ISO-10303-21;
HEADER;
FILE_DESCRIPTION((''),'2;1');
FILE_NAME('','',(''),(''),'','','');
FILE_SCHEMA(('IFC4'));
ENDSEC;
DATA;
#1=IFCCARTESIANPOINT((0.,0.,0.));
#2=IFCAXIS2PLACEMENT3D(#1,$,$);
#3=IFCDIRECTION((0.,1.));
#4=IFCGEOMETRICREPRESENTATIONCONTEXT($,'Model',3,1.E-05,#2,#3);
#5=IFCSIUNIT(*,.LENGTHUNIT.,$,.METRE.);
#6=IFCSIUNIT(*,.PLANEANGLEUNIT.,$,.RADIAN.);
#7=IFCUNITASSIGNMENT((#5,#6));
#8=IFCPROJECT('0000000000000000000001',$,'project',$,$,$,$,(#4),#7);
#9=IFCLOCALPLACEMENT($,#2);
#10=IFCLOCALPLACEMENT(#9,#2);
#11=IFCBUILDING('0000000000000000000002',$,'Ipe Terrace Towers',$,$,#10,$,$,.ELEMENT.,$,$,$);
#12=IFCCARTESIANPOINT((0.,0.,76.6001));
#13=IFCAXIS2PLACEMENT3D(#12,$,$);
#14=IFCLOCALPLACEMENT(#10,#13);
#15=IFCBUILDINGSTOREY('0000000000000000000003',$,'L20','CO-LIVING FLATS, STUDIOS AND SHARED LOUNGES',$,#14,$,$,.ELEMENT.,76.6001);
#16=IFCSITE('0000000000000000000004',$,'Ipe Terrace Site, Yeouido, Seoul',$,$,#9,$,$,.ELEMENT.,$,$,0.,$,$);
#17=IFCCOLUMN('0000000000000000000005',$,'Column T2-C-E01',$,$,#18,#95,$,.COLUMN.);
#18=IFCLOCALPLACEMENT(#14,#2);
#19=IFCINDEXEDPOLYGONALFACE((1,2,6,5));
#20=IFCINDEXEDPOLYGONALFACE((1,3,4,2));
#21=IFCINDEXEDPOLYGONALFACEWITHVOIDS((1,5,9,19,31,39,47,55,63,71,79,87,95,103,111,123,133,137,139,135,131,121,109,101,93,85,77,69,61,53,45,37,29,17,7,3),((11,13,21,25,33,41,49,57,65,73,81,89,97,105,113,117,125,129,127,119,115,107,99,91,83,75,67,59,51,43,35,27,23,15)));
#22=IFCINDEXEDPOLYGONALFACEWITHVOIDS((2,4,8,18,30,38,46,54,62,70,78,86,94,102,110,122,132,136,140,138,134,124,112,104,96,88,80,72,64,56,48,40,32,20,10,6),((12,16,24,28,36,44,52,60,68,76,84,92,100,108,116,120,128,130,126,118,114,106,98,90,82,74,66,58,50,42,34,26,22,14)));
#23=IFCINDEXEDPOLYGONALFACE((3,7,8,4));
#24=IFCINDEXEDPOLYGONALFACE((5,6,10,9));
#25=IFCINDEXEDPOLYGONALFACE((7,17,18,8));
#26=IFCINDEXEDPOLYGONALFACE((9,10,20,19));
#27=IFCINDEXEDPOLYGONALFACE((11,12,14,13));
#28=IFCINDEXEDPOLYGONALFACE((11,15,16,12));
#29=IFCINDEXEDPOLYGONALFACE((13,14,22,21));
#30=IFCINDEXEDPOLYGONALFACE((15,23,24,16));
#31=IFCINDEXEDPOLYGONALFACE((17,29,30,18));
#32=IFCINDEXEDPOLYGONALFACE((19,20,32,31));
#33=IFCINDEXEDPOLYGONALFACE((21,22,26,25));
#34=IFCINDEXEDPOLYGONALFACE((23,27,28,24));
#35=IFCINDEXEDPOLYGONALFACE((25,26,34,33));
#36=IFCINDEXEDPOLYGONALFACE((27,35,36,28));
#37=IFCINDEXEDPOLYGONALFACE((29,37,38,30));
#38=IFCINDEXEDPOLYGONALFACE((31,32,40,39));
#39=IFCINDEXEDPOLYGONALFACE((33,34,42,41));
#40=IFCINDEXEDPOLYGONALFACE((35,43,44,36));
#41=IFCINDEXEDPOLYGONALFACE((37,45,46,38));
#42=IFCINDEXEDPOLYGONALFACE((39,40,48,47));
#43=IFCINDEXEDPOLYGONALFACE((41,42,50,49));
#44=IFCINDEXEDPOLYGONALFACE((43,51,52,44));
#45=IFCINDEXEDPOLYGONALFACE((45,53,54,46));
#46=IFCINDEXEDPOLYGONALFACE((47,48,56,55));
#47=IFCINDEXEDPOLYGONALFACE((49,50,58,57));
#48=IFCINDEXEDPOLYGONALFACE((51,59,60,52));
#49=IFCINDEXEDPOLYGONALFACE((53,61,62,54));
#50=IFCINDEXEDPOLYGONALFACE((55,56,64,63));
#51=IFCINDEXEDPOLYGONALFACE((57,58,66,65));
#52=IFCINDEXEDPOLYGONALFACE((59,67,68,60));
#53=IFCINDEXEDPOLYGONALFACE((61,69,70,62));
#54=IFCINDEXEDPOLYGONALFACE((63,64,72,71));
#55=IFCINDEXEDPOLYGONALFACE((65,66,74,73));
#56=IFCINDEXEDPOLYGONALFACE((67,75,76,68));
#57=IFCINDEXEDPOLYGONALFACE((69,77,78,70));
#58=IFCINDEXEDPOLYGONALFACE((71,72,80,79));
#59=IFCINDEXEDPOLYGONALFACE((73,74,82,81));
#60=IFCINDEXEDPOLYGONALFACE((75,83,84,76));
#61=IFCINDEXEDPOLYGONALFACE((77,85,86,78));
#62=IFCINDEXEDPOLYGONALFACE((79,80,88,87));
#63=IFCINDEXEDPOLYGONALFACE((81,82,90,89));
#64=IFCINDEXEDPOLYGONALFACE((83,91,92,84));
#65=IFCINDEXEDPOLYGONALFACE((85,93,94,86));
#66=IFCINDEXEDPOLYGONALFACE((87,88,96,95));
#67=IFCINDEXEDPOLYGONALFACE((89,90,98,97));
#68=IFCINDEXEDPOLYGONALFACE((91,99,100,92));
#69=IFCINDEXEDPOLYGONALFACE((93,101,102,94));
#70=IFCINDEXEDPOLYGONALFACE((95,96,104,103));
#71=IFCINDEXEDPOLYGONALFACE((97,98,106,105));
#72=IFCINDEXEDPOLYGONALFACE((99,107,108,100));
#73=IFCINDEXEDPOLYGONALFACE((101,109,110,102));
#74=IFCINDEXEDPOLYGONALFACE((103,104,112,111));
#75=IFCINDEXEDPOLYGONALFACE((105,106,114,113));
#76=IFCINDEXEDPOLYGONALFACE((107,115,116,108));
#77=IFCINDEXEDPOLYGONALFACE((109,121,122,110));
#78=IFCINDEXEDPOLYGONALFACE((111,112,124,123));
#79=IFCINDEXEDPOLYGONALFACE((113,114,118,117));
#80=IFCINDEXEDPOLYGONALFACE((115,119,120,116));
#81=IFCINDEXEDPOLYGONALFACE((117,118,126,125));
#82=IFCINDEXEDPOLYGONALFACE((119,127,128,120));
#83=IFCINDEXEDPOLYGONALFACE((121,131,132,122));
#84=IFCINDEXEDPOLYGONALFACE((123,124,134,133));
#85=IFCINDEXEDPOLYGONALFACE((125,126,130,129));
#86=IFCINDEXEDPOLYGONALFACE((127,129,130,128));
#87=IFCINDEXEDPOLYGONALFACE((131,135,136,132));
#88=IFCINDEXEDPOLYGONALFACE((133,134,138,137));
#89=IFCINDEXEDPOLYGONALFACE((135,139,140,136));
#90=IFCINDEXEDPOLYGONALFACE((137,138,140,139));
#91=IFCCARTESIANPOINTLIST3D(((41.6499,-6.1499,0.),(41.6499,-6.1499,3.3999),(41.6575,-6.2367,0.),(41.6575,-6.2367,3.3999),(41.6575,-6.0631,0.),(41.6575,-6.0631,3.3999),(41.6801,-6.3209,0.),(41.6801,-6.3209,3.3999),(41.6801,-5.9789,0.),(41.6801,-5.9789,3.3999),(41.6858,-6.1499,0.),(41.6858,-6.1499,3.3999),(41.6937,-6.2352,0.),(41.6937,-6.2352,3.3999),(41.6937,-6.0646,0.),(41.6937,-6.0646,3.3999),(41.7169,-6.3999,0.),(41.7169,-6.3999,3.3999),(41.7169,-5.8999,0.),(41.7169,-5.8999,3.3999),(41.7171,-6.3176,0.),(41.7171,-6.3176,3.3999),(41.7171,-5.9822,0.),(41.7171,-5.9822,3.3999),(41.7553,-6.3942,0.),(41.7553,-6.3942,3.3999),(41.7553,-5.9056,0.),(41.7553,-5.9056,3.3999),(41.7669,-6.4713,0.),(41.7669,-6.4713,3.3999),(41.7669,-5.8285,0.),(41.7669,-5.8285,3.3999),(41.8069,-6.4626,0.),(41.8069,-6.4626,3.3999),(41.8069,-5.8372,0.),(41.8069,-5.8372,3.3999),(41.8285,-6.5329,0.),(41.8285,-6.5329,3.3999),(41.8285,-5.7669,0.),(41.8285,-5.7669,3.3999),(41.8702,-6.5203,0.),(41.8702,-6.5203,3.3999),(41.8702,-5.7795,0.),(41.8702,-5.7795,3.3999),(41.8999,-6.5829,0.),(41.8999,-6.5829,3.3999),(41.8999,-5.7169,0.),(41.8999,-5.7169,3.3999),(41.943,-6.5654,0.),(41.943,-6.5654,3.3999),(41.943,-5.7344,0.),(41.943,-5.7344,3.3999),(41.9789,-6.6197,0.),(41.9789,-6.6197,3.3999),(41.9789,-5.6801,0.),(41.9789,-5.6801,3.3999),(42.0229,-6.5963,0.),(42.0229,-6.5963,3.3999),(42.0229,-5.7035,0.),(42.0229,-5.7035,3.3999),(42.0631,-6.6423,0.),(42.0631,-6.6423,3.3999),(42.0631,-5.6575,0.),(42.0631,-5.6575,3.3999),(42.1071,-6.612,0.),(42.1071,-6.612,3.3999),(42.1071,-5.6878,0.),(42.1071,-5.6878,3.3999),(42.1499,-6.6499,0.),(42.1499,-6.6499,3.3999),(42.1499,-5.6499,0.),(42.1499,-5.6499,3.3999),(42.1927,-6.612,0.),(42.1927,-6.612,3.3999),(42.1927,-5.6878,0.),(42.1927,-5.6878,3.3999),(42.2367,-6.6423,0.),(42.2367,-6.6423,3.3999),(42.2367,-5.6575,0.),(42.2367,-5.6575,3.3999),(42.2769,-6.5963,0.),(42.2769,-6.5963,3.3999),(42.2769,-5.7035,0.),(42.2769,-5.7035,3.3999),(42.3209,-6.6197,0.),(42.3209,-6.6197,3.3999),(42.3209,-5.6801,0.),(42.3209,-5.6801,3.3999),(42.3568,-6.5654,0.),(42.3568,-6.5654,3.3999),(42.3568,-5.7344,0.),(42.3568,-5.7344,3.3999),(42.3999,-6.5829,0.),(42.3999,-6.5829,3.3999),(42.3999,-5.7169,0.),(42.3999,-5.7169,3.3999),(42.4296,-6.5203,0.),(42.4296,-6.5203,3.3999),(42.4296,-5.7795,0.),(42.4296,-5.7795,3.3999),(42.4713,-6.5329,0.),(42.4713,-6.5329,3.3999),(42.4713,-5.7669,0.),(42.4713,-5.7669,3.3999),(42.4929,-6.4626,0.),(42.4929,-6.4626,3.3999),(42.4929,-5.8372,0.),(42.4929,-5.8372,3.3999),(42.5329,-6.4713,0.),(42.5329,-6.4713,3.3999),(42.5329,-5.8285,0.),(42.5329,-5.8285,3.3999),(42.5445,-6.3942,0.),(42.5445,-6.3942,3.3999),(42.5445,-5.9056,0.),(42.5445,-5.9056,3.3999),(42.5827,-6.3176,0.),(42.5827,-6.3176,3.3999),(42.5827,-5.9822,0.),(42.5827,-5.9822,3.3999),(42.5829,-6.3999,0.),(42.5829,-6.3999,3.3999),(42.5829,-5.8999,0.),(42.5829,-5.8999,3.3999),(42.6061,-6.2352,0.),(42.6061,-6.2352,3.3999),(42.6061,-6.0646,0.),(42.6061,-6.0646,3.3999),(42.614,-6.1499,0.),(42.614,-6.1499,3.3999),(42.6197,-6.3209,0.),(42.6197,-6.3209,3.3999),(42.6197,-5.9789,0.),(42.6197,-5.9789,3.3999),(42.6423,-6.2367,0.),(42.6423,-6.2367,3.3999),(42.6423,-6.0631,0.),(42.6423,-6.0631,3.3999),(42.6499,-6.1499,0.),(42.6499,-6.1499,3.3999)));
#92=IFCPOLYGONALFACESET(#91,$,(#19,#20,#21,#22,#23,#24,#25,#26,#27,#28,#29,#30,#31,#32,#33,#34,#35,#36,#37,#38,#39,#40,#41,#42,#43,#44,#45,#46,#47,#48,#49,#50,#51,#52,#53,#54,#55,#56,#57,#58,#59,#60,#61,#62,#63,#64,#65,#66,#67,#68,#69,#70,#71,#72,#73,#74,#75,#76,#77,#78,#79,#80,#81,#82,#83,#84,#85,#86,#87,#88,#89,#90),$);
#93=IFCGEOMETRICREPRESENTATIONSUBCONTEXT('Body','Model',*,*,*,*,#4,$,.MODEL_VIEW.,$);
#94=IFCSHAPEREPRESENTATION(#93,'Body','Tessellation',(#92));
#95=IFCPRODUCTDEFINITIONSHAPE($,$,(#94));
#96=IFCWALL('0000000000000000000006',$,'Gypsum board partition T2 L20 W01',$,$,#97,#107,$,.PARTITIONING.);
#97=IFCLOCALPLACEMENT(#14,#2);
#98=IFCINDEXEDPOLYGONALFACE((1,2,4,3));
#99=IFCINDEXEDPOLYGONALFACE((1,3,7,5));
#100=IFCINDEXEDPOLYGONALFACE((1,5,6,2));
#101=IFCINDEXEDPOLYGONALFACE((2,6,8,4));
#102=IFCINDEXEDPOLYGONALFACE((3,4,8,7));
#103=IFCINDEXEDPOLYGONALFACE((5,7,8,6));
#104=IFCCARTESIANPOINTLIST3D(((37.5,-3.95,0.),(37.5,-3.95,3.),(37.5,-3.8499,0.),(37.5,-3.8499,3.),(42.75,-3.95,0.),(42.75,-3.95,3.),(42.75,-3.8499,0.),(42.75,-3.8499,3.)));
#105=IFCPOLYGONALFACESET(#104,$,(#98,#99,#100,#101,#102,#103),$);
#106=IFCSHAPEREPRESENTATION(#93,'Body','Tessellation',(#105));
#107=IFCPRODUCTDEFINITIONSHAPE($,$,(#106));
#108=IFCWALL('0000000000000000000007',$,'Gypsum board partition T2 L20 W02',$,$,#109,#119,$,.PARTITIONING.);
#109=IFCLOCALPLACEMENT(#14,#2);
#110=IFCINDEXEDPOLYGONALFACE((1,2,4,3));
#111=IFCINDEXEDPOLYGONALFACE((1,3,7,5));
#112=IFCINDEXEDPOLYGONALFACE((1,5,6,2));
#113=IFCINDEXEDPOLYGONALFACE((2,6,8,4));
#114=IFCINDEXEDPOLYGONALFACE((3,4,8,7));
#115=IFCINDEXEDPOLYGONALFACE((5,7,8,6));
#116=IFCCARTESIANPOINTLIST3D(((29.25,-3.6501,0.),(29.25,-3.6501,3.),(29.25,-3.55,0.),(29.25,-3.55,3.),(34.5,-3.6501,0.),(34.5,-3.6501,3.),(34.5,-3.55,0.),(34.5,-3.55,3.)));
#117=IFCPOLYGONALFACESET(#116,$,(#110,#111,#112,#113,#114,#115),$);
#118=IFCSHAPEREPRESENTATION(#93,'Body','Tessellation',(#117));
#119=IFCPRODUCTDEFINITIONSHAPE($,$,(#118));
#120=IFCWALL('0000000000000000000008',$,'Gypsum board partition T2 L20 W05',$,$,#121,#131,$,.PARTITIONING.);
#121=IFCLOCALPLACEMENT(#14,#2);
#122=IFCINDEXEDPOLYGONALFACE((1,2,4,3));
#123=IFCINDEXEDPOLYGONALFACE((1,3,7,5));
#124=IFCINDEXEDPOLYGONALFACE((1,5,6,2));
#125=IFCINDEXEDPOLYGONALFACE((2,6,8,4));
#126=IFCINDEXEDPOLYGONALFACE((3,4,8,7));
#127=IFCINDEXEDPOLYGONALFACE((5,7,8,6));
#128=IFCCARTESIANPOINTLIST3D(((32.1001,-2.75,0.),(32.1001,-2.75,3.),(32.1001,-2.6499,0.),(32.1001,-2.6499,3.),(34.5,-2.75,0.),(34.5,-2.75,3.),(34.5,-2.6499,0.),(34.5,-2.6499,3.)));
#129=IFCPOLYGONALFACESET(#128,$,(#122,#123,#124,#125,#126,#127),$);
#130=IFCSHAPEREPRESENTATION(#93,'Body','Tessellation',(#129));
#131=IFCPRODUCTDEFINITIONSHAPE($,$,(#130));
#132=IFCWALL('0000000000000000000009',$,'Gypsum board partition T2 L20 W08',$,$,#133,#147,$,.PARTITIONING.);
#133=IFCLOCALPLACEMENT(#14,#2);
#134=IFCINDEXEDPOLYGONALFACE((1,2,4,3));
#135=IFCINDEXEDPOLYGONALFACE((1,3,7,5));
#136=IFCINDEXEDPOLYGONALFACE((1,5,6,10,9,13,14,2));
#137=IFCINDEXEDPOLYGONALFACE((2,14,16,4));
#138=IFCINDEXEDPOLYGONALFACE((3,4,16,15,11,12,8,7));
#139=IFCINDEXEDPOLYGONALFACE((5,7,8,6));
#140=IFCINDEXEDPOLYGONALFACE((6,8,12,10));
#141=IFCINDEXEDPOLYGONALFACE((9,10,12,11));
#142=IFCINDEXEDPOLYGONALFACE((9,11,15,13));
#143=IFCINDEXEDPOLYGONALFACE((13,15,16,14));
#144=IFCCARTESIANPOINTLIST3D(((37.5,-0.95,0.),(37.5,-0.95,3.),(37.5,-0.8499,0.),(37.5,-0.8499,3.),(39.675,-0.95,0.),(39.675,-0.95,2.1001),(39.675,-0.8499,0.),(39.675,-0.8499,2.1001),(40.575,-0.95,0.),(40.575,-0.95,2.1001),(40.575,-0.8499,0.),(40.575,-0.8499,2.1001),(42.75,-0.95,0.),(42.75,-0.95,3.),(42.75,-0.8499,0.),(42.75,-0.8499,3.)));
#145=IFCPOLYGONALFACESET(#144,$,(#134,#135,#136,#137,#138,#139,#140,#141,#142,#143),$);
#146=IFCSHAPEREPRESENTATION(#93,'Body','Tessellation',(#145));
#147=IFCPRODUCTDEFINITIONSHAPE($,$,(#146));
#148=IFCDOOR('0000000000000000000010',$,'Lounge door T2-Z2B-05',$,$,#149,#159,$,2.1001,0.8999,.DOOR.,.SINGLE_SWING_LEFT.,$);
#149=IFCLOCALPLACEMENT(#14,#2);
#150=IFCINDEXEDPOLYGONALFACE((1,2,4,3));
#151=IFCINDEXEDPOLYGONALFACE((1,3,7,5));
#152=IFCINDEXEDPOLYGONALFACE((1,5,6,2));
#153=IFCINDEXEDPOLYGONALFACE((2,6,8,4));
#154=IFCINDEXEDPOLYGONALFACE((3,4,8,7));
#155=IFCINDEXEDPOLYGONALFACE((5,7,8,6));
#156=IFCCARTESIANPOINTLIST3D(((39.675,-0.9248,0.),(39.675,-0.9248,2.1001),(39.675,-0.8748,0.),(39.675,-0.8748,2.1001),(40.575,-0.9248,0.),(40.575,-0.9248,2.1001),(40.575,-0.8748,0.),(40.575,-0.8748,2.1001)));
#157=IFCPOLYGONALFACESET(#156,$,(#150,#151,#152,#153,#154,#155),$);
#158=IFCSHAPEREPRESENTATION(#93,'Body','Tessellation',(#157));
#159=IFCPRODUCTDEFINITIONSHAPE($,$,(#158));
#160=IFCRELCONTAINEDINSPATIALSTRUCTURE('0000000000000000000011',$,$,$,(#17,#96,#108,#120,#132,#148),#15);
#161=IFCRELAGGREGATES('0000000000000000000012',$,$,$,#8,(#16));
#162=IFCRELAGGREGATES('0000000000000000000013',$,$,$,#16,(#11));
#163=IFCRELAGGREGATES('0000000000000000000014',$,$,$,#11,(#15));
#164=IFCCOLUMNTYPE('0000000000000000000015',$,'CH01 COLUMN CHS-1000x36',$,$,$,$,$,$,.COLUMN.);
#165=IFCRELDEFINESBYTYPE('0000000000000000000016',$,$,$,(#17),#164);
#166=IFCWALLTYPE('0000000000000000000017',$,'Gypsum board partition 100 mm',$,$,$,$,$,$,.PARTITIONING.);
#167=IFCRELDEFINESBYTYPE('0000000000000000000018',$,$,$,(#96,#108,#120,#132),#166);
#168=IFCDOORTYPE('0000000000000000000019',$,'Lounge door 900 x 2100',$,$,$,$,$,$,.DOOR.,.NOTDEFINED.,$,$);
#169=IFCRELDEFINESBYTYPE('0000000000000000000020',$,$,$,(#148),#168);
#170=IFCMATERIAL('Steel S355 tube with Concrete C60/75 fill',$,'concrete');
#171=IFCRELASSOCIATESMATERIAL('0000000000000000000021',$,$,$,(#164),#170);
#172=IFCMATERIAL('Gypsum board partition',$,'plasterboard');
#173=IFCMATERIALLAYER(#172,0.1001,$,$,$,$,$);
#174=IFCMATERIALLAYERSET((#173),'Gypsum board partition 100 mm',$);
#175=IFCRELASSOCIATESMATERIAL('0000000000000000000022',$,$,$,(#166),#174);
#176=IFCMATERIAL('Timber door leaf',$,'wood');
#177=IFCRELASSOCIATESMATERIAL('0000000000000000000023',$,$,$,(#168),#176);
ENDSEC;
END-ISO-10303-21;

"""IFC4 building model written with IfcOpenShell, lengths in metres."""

from ifc_helpers import new_model, si_unit, direction, frame, frame_2d, origin, origin_2d, place, context, subcontext, project, spatial, rectangle, hollow_circle, extrude, material, layer, layer_set, material_profile, profile_set, type_object, element, fill, save


model = new_model("IFC4")

# Units and contexts
model_context = context("Model", 3, precision=1e-05, world=origin(), true_north=direction((0.0, 1.0)))
body_context = subcontext(model_context, "Body", "Model", "MODEL_VIEW")
ifc_project = project(units=[si_unit("LENGTHUNIT", "METRE"), si_unit("PLANEANGLEUNIT", "RADIAN")], contexts=[model_context])

# Site, building, storey
site_placement = place(None, origin())
site = spatial("IfcSite", under=ifc_project, at=site_placement, Name="Ipe Terrace Site, Yeouido, Seoul", CompositionType="ELEMENT", RefElevation=0.0)
building_placement = place(site_placement, origin())
building = spatial("IfcBuilding", under=site, at=building_placement, Name="Ipe Terrace Towers", CompositionType="ELEMENT")
storey_placement = place(building_placement, frame((0.0, 0.0, 76.6001)))
storey = spatial("IfcBuildingStorey", under=building, at=storey_placement, Name="L20", Description="CO-LIVING FLATS, STUDIOS AND SHARED LOUNGES", CompositionType="ELEMENT", Elevation=76.6001)

# Column
ifc_material_1 = material(Name="Steel S355 tube with Concrete C60/75 fill", Category="concrete")
ifc_material_profile = material_profile(ifc_material_1, hollow_circle(Radius=0.5, WallThickness=0.0359, at=origin_2d()), Name="CHS-1000x36")
ifc_profile_set = profile_set([ifc_material_profile], Name="Steel S355 tube with Concrete C60/75 fill")
column_type = type_object("IfcColumnType", Name="CH01 COLUMN CHS-1000x36", PredefinedType="COLUMN", material=ifc_profile_set)
column_placement = place(storey_placement, frame((42.1499, -6.1499, 0.0), z_axis=(0.0, 0.0, 1.0), x_axis=(1.0, 0.0, 0.0)))
element("IfcColumn", 1, at=column_placement, inside=storey, type_object=column_type, Name="Column T2-C-E01", PredefinedType="COLUMN", context=body_context, shape_type="SweptSolid", body=[
    extrude(hollow_circle(Radius=0.5, WallThickness=0.0359, at=origin_2d()), origin(), (0.0, 0.0, 1.0), 3.3999),
])

# Walls
ifc_material_2 = material(Name="Gypsum board partition", Category="plasterboard")
ifc_layer_1 = layer(ifc_material_2, 0.1001)
ifc_layer_set_1 = layer_set([ifc_layer_1], Name="Gypsum board partition 100 mm")
wall_type_1 = type_object("IfcWallType", Name="Gypsum board partition 100 mm", PredefinedType="PARTITIONING", material=ifc_layer_set_1)
for number, where, z_axis, x_axis, name in (
    (2, (42.75, -3.8999, 0.0), (0.0, 0.0, 1.0), (-1.0, 0.0, 0.0), "Gypsum board partition T2 L20 W01"),
    (3, (34.5, -3.6001, 0.0), (0.0, 0.0, 1.0), (-1.0, 0.0, 0.0), "Gypsum board partition T2 L20 W02"),
):
    element("IfcWall", number, at=place(storey_placement, frame(where, z_axis=z_axis, x_axis=x_axis)), inside=storey, type_object=wall_type_1, Name=name, PredefinedType="PARTITIONING", context=body_context, shape_type="SweptSolid", body=[
        extrude(rectangle(XDim=5.25, YDim=0.1001, at=frame_2d((2.625, 0.0))), origin(), (0.0, 0.0, 1.0), 3.0),
    ])
wall_1_placement = place(storey_placement, frame((34.5, -2.7, 0.0), z_axis=(0.0, 0.0, 1.0), x_axis=(-1.0, 0.0, 0.0)))
element("IfcWall", 4, at=wall_1_placement, inside=storey, type_object=wall_type_1, Name="Gypsum board partition T2 L20 W05", PredefinedType="PARTITIONING", context=body_context, shape_type="SweptSolid", body=[
    extrude(rectangle(XDim=2.3999, YDim=0.1001, at=frame_2d((1.2, 0.0))), origin(), (0.0, 0.0, 1.0), 3.0),
])

# Wall, opening, door
wall_2_placement = place(storey_placement, frame((42.75, -0.8999, 0.0), z_axis=(0.0, 0.0, 1.0), x_axis=(-1.0, 0.0, 0.0)))
wall_2 = element("IfcWall", 5, at=wall_2_placement, inside=storey, type_object=wall_type_1, Name="Gypsum board partition T2 L20 W08", PredefinedType="PARTITIONING", context=body_context, shape_type="SweptSolid", body=[
    extrude(rectangle(XDim=5.25, YDim=0.1001, at=frame_2d((2.625, 0.0))), origin(), (0.0, 0.0, 1.0), 3.0),
])
opening_1_placement = place(wall_2_placement, frame((2.175, 0.0, 0.0)))
opening_1 = element("IfcOpeningElement", 6, at=opening_1_placement, cuts=wall_2, PredefinedType="OPENING", context=body_context, shape_type="SweptSolid", body=[
    extrude(rectangle(XDim=0.8999, YDim=2.1001, at=frame_2d((0.45, 1.05))), frame((0.0, 0.0601, 0.0), z_axis=(0.0, -1.0, 0.0), x_axis=(1.0, 0.0, 0.0)), (0.0, 0.0, 1.0), 0.1201),
])
ifc_material_3 = material(Name="Timber door leaf", Category="wood")
door_type_1 = type_object("IfcDoorType", Name="Lounge door 900 x 2100", OperationType="NOTDEFINED", PredefinedType="DOOR", material=ifc_material_3)
door_1_placement = place(opening_1_placement, origin())
door_1 = element("IfcDoor", 7, at=door_1_placement, inside=storey, type_object=door_type_1, Name="Lounge door T2-Z2B-05", OperationType="SINGLE_SWING_LEFT", OverallHeight=2.1001, OverallWidth=0.8999, PredefinedType="DOOR", context=body_context, shape_type="SweptSolid", body=[
    extrude(rectangle(XDim=0.8999, YDim=2.1001, at=frame_2d((0.45, 1.05))), frame((0.0, 0.0249, 0.0), z_axis=(0.0, -1.0, 0.0), x_axis=(1.0, 0.0, 0.0)), (0.0, 0.0, 1.0), 0.05),
])
fill(opening_1, door_1)

save(model, "model.ifc")
